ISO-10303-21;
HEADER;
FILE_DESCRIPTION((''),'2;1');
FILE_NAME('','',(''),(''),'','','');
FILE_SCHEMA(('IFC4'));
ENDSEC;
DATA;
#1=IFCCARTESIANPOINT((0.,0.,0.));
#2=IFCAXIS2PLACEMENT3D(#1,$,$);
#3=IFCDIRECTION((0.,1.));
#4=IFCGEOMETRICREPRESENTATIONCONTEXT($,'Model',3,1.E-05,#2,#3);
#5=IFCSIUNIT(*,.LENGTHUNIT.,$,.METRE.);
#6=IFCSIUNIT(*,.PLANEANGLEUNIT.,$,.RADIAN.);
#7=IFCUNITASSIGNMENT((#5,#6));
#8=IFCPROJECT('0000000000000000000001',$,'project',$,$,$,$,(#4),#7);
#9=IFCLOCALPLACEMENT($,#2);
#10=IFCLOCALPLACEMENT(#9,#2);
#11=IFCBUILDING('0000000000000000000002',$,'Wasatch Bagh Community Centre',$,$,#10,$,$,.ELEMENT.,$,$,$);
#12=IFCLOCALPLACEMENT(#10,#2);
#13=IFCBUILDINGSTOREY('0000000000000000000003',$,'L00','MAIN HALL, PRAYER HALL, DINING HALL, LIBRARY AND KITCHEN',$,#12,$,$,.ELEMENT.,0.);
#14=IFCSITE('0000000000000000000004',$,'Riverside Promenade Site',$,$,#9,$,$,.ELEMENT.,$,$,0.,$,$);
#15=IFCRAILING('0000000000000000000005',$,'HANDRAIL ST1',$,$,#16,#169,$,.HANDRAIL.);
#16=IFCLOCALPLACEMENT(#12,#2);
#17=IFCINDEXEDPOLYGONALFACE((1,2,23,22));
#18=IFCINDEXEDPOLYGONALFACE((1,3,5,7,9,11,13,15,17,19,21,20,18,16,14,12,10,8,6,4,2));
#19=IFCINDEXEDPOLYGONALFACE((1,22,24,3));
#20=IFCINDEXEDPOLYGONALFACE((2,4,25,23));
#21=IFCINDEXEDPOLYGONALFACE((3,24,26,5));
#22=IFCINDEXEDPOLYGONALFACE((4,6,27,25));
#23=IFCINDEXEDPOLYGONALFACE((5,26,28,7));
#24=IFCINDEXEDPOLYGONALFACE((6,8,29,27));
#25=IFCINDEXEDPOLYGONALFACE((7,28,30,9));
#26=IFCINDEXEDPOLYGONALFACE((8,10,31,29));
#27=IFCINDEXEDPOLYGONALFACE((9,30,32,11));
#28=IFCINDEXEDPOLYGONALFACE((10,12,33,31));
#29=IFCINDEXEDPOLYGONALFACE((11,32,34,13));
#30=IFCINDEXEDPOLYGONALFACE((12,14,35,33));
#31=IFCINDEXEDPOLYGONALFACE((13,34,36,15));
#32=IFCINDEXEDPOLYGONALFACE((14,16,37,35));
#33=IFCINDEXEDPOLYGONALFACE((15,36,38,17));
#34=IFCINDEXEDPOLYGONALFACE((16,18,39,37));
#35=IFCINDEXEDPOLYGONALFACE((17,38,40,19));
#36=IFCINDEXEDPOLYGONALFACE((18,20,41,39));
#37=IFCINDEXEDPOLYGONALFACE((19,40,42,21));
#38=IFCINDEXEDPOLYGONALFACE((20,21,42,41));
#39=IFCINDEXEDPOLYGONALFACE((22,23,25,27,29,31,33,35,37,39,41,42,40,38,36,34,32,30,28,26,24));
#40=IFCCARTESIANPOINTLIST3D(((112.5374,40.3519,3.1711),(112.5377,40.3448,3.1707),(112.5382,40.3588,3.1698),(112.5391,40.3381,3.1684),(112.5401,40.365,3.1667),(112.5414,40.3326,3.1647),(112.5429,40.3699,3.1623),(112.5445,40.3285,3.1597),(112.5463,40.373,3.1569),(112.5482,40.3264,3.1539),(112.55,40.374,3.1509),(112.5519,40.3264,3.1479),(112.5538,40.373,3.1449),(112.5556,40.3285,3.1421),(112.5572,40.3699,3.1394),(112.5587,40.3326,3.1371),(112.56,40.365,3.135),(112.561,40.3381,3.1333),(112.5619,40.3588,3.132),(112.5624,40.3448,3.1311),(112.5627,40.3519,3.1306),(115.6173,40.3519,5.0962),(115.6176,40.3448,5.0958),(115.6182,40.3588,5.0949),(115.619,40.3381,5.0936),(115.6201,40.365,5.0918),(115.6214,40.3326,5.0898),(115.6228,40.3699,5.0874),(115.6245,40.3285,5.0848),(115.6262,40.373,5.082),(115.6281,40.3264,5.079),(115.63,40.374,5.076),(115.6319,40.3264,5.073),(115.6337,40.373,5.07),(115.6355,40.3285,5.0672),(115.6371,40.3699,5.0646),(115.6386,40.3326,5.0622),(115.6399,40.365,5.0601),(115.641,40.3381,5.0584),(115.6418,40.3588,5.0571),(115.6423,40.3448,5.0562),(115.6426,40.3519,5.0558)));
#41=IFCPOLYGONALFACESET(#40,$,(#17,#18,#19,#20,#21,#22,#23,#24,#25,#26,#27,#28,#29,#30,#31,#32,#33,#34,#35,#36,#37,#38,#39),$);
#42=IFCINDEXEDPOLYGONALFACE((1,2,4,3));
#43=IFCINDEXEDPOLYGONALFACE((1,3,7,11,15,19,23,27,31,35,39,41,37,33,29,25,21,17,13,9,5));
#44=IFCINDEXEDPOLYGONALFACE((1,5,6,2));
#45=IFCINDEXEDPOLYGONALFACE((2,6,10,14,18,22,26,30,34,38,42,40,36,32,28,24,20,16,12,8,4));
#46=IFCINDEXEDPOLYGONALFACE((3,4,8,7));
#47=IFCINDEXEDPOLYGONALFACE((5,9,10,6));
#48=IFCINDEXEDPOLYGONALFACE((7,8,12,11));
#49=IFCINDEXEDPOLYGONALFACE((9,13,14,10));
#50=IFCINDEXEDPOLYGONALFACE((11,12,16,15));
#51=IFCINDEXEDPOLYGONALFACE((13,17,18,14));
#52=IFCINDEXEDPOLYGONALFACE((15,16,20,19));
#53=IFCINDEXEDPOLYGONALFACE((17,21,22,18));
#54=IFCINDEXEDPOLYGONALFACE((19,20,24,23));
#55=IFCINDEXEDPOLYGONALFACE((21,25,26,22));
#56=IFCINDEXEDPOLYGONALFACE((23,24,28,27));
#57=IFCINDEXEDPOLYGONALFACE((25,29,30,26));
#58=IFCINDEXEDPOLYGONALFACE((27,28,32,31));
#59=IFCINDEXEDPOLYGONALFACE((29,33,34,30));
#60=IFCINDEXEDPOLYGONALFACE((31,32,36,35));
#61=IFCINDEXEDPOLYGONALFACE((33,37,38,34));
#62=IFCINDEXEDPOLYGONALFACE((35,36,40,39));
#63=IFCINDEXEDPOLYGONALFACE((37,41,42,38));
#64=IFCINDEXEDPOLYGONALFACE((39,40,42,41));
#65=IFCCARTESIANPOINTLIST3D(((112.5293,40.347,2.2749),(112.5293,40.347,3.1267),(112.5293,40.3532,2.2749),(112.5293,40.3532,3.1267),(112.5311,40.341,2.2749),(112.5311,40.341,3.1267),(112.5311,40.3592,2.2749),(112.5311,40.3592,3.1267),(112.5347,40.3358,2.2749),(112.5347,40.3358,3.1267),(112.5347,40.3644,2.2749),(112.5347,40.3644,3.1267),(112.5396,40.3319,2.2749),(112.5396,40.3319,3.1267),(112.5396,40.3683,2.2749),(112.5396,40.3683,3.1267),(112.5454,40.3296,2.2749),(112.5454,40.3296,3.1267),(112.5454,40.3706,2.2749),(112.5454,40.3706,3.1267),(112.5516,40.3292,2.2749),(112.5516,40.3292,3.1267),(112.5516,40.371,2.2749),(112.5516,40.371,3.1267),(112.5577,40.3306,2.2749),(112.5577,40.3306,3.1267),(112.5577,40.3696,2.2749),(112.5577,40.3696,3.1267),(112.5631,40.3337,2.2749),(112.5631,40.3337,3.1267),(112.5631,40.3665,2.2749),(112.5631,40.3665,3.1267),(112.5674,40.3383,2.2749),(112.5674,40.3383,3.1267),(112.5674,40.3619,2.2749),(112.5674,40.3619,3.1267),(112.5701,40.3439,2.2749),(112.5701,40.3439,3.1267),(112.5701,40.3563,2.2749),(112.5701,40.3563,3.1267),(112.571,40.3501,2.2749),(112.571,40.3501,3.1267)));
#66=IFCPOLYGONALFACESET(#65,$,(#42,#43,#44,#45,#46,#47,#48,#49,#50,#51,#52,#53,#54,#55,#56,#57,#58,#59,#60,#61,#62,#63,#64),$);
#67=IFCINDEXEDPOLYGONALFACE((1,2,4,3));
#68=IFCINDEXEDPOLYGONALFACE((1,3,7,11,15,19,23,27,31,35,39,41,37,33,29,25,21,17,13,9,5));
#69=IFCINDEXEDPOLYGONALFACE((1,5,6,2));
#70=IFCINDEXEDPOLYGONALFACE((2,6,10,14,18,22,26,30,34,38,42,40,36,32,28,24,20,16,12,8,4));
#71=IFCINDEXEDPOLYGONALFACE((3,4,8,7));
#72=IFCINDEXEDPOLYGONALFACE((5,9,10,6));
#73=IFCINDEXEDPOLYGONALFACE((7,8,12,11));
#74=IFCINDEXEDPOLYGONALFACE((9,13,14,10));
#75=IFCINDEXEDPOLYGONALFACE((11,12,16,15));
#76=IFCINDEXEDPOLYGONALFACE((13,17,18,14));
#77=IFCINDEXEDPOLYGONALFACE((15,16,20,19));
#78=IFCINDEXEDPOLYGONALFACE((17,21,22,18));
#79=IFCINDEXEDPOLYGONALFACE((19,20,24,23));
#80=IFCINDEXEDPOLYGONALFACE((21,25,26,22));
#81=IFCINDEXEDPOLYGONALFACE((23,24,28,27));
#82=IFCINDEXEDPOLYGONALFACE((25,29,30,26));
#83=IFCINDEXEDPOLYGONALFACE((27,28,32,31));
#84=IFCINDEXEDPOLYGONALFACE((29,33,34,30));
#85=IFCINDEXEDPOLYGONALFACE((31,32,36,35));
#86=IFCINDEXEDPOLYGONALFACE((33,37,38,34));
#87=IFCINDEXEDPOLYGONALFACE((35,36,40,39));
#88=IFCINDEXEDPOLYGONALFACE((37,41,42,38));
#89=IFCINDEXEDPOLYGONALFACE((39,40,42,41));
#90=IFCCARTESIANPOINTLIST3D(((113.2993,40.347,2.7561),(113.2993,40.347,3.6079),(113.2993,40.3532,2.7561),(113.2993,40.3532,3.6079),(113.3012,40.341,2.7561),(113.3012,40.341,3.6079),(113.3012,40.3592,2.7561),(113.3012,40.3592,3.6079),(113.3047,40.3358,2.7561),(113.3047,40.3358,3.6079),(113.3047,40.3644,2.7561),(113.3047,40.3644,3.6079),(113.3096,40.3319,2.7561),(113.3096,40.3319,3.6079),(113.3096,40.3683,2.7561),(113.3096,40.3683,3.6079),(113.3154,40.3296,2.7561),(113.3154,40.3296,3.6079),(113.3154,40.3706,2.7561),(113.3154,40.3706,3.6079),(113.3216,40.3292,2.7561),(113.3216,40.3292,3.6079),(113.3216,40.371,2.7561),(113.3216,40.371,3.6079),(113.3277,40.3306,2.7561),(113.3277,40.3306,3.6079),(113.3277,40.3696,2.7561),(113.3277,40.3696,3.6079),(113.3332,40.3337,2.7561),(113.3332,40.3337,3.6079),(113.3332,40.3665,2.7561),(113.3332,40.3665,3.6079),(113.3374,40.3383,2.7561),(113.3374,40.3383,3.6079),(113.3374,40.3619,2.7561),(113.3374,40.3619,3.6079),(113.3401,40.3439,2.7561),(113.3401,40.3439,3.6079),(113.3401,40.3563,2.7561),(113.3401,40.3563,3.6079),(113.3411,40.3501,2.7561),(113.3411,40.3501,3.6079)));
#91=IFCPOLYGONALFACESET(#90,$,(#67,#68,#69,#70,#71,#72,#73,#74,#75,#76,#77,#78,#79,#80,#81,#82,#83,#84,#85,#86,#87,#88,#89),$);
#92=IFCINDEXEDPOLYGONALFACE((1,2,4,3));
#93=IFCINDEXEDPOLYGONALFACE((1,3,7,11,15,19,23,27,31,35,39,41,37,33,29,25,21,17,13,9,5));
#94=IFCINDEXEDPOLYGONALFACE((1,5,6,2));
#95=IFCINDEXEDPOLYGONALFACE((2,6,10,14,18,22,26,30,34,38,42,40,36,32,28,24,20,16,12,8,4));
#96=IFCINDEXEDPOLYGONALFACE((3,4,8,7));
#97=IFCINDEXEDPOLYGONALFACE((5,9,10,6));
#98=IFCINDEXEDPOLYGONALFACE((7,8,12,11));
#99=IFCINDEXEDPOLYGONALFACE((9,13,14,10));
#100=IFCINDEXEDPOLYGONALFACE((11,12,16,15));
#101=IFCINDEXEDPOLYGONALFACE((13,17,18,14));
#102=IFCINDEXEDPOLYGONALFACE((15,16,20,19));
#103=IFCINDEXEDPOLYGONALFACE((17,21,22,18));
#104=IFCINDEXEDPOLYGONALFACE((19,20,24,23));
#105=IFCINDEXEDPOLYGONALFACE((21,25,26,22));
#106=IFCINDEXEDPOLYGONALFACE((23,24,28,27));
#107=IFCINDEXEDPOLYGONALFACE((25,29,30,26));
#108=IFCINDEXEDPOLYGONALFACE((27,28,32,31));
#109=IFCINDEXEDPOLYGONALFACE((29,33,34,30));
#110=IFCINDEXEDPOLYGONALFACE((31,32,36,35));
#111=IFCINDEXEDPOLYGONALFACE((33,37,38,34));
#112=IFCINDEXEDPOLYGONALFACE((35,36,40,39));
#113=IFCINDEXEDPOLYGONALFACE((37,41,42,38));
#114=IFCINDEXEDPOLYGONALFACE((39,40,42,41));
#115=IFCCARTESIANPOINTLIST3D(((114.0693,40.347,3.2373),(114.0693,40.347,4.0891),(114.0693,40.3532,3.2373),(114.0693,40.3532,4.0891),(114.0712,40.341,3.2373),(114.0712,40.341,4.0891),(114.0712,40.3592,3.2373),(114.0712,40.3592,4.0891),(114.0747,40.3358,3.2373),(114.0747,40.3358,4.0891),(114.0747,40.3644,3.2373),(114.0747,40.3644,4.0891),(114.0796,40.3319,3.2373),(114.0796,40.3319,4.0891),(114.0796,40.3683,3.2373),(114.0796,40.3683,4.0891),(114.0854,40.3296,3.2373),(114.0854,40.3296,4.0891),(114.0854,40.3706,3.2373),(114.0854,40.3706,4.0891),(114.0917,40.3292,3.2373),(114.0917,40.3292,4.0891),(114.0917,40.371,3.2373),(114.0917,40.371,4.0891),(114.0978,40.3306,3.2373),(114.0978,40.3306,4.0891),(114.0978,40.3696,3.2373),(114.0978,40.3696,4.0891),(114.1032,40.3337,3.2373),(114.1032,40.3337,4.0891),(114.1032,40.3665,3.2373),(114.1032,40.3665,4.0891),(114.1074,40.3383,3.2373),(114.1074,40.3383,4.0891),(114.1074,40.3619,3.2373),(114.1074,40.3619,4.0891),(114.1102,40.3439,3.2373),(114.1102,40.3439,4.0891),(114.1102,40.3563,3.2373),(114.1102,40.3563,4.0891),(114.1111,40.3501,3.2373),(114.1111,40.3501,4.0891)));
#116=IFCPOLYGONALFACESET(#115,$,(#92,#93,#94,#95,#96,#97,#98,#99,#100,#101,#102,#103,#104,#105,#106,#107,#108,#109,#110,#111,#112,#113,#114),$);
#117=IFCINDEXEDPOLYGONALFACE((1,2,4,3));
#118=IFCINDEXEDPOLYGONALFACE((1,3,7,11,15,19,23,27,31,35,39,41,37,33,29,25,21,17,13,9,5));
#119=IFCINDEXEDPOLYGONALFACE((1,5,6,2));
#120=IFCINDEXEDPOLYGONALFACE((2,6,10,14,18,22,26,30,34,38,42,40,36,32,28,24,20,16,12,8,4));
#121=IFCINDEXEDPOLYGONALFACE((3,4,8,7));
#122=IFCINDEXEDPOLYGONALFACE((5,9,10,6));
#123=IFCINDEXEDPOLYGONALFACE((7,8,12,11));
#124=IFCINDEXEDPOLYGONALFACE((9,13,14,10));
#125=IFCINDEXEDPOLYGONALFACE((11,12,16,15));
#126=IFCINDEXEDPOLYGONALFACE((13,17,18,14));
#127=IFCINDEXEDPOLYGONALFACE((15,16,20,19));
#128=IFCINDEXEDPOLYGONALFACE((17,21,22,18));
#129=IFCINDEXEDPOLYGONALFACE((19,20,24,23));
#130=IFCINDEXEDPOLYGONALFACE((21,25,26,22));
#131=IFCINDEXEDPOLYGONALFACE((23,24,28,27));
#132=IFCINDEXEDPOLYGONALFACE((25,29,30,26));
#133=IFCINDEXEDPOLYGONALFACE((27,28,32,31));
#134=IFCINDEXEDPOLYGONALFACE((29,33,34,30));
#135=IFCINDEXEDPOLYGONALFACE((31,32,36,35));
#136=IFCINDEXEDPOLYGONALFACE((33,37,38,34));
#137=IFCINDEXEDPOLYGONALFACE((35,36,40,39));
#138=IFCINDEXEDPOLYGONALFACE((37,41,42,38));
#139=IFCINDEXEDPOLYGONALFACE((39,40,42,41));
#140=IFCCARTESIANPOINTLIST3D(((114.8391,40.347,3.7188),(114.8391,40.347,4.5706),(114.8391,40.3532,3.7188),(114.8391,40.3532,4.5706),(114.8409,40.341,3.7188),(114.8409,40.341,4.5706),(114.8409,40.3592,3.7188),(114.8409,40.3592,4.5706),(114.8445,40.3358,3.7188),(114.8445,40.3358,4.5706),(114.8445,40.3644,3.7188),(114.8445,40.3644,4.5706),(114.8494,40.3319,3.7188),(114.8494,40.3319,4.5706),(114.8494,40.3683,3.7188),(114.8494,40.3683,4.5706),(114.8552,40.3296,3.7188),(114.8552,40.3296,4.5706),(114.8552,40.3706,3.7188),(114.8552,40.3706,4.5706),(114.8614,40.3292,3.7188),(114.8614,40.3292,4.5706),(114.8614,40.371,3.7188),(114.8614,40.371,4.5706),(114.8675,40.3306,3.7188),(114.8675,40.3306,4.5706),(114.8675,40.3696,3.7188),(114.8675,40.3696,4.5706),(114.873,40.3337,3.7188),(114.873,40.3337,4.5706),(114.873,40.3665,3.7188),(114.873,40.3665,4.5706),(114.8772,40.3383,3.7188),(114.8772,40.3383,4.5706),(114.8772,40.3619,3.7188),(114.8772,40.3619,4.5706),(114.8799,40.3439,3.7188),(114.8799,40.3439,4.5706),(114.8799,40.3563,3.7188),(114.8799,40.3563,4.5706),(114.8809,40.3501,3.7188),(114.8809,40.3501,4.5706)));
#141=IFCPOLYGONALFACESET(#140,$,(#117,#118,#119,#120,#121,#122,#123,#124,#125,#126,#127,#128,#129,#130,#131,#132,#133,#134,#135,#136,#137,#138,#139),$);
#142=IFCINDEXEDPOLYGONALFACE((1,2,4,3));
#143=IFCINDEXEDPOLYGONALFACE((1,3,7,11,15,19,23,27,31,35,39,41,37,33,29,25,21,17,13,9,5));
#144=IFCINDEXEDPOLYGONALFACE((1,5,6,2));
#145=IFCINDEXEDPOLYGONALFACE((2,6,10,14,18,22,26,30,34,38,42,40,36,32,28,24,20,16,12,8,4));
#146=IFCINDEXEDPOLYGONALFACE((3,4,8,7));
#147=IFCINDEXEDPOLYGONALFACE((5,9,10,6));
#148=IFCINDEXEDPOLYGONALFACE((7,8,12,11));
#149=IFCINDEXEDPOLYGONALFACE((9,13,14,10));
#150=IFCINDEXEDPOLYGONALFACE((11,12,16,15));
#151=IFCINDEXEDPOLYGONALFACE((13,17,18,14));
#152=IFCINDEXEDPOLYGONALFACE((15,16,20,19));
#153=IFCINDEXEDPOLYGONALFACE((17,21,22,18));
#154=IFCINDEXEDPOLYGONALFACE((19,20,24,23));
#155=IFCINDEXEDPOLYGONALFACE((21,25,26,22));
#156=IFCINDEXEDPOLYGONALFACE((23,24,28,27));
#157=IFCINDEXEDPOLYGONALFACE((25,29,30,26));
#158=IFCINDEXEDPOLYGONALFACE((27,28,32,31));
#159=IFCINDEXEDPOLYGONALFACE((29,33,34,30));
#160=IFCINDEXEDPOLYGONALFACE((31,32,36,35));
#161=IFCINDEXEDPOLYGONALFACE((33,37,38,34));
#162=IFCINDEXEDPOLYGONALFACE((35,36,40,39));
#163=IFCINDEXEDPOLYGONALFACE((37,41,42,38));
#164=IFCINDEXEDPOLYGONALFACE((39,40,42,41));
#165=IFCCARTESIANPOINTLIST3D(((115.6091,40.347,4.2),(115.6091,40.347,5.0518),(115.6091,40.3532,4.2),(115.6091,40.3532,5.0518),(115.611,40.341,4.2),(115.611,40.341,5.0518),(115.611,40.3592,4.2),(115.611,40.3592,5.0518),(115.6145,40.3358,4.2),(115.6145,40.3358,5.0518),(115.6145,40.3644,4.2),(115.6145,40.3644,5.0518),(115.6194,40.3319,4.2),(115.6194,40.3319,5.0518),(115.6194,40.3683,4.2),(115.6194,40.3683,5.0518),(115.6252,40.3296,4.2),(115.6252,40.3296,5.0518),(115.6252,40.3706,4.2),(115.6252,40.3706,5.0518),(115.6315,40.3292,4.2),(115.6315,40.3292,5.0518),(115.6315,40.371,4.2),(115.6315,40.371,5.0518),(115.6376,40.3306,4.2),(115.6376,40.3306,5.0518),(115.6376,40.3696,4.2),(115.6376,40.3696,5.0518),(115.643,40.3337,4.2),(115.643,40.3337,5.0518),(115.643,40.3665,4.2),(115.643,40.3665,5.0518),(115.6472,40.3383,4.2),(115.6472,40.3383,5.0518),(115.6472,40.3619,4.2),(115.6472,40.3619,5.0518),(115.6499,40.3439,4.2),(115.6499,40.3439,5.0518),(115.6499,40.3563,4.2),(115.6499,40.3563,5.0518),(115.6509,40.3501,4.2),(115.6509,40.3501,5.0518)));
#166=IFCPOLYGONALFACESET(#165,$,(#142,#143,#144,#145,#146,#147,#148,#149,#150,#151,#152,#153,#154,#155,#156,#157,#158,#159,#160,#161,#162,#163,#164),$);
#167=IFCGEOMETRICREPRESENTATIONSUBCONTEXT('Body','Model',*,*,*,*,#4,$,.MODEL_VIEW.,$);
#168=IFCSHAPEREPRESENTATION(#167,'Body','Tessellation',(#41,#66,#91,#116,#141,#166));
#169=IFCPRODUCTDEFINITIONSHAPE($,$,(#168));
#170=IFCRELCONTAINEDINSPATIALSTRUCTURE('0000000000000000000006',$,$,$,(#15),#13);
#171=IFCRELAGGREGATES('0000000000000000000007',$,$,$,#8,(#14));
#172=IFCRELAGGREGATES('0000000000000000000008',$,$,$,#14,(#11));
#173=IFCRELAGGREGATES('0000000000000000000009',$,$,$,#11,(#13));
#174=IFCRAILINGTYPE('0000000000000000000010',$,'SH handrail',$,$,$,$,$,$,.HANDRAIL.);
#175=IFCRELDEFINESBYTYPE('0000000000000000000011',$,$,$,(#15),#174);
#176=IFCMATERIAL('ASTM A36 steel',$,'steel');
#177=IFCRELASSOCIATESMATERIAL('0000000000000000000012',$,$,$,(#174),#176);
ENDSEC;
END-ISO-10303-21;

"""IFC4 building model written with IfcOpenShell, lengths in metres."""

from ifc_helpers import new_model, si_unit, direction, frame, origin, origin_2d, place, context, subcontext, project, spatial, circle, extrude, material, type_object, element, save


model = new_model("IFC4")

# Units and contexts
model_context = context("Model", 3, precision=1e-05, world=origin(), true_north=direction((0.0, 1.0)))
body_context = subcontext(model_context, "Body", "Model", "MODEL_VIEW")
ifc_project = project(units=[si_unit("LENGTHUNIT", "METRE"), si_unit("PLANEANGLEUNIT", "RADIAN")], contexts=[model_context])

# Site, building, storey
site_placement = place(None, origin())
site = spatial("IfcSite", under=ifc_project, at=site_placement, Name="Riverside Promenade Site", CompositionType="ELEMENT", RefElevation=0.0)
building_placement = place(site_placement, origin())
building = spatial("IfcBuilding", under=site, at=building_placement, Name="Wasatch Bagh Community Centre", CompositionType="ELEMENT")
storey_placement = place(building_placement, origin())
storey = spatial("IfcBuildingStorey", under=building, at=storey_placement, Name="L00", Description="MAIN HALL, PRAYER HALL, DINING HALL, LIBRARY AND KITCHEN", CompositionType="ELEMENT", Elevation=0.0)

# Railing
ifc_material_1 = material(Name="ASTM A36 steel", Category="steel")
railing_type_1 = type_object("IfcRailingType", Name="SH handrail", PredefinedType="HANDRAIL", material=ifc_material_1)
for number, where, name in (
    (1, (112.55, 40.3501, 2.2749), "HANDRAIL ST1"),
):
    element("IfcRailing", number, at=place(storey_placement, frame(where)), inside=storey, type_object=railing_type_1, Name=name, PredefinedType="HANDRAIL", context=body_context, shape_type="SweptSolid", body=[
        extrude(circle(Radius=0.0239, at=origin_2d()), frame((0.0, 0.0, 0.876), z_axis=(0.847979, 0.0, 0.530029), x_axis=(0.0, 1.0, 0.0)), (0.0, 0.0, 1.0), 3.6321),
        extrude(circle(Radius=0.021, at=origin_2d()), origin(), (0.0, 0.0, 1.0), 0.8518),
        extrude(circle(Radius=0.021, at=origin_2d()), frame((0.77, 0.0, 0.4812)), (0.0, 0.0, 1.0), 0.8518),
        extrude(circle(Radius=0.021, at=origin_2d()), frame((1.54, 0.0, 0.9624)), (0.0, 0.0, 1.0), 0.8518),
        extrude(circle(Radius=0.021, at=origin_2d()), frame((2.3098, 0.0, 1.4438)), (0.0, 0.0, 1.0), 0.8518),
        extrude(circle(Radius=0.021, at=origin_2d()), frame((3.0798, 0.0, 1.925)), (0.0, 0.0, 1.0), 0.8518),
    ])

save(model, "model.ifc")
